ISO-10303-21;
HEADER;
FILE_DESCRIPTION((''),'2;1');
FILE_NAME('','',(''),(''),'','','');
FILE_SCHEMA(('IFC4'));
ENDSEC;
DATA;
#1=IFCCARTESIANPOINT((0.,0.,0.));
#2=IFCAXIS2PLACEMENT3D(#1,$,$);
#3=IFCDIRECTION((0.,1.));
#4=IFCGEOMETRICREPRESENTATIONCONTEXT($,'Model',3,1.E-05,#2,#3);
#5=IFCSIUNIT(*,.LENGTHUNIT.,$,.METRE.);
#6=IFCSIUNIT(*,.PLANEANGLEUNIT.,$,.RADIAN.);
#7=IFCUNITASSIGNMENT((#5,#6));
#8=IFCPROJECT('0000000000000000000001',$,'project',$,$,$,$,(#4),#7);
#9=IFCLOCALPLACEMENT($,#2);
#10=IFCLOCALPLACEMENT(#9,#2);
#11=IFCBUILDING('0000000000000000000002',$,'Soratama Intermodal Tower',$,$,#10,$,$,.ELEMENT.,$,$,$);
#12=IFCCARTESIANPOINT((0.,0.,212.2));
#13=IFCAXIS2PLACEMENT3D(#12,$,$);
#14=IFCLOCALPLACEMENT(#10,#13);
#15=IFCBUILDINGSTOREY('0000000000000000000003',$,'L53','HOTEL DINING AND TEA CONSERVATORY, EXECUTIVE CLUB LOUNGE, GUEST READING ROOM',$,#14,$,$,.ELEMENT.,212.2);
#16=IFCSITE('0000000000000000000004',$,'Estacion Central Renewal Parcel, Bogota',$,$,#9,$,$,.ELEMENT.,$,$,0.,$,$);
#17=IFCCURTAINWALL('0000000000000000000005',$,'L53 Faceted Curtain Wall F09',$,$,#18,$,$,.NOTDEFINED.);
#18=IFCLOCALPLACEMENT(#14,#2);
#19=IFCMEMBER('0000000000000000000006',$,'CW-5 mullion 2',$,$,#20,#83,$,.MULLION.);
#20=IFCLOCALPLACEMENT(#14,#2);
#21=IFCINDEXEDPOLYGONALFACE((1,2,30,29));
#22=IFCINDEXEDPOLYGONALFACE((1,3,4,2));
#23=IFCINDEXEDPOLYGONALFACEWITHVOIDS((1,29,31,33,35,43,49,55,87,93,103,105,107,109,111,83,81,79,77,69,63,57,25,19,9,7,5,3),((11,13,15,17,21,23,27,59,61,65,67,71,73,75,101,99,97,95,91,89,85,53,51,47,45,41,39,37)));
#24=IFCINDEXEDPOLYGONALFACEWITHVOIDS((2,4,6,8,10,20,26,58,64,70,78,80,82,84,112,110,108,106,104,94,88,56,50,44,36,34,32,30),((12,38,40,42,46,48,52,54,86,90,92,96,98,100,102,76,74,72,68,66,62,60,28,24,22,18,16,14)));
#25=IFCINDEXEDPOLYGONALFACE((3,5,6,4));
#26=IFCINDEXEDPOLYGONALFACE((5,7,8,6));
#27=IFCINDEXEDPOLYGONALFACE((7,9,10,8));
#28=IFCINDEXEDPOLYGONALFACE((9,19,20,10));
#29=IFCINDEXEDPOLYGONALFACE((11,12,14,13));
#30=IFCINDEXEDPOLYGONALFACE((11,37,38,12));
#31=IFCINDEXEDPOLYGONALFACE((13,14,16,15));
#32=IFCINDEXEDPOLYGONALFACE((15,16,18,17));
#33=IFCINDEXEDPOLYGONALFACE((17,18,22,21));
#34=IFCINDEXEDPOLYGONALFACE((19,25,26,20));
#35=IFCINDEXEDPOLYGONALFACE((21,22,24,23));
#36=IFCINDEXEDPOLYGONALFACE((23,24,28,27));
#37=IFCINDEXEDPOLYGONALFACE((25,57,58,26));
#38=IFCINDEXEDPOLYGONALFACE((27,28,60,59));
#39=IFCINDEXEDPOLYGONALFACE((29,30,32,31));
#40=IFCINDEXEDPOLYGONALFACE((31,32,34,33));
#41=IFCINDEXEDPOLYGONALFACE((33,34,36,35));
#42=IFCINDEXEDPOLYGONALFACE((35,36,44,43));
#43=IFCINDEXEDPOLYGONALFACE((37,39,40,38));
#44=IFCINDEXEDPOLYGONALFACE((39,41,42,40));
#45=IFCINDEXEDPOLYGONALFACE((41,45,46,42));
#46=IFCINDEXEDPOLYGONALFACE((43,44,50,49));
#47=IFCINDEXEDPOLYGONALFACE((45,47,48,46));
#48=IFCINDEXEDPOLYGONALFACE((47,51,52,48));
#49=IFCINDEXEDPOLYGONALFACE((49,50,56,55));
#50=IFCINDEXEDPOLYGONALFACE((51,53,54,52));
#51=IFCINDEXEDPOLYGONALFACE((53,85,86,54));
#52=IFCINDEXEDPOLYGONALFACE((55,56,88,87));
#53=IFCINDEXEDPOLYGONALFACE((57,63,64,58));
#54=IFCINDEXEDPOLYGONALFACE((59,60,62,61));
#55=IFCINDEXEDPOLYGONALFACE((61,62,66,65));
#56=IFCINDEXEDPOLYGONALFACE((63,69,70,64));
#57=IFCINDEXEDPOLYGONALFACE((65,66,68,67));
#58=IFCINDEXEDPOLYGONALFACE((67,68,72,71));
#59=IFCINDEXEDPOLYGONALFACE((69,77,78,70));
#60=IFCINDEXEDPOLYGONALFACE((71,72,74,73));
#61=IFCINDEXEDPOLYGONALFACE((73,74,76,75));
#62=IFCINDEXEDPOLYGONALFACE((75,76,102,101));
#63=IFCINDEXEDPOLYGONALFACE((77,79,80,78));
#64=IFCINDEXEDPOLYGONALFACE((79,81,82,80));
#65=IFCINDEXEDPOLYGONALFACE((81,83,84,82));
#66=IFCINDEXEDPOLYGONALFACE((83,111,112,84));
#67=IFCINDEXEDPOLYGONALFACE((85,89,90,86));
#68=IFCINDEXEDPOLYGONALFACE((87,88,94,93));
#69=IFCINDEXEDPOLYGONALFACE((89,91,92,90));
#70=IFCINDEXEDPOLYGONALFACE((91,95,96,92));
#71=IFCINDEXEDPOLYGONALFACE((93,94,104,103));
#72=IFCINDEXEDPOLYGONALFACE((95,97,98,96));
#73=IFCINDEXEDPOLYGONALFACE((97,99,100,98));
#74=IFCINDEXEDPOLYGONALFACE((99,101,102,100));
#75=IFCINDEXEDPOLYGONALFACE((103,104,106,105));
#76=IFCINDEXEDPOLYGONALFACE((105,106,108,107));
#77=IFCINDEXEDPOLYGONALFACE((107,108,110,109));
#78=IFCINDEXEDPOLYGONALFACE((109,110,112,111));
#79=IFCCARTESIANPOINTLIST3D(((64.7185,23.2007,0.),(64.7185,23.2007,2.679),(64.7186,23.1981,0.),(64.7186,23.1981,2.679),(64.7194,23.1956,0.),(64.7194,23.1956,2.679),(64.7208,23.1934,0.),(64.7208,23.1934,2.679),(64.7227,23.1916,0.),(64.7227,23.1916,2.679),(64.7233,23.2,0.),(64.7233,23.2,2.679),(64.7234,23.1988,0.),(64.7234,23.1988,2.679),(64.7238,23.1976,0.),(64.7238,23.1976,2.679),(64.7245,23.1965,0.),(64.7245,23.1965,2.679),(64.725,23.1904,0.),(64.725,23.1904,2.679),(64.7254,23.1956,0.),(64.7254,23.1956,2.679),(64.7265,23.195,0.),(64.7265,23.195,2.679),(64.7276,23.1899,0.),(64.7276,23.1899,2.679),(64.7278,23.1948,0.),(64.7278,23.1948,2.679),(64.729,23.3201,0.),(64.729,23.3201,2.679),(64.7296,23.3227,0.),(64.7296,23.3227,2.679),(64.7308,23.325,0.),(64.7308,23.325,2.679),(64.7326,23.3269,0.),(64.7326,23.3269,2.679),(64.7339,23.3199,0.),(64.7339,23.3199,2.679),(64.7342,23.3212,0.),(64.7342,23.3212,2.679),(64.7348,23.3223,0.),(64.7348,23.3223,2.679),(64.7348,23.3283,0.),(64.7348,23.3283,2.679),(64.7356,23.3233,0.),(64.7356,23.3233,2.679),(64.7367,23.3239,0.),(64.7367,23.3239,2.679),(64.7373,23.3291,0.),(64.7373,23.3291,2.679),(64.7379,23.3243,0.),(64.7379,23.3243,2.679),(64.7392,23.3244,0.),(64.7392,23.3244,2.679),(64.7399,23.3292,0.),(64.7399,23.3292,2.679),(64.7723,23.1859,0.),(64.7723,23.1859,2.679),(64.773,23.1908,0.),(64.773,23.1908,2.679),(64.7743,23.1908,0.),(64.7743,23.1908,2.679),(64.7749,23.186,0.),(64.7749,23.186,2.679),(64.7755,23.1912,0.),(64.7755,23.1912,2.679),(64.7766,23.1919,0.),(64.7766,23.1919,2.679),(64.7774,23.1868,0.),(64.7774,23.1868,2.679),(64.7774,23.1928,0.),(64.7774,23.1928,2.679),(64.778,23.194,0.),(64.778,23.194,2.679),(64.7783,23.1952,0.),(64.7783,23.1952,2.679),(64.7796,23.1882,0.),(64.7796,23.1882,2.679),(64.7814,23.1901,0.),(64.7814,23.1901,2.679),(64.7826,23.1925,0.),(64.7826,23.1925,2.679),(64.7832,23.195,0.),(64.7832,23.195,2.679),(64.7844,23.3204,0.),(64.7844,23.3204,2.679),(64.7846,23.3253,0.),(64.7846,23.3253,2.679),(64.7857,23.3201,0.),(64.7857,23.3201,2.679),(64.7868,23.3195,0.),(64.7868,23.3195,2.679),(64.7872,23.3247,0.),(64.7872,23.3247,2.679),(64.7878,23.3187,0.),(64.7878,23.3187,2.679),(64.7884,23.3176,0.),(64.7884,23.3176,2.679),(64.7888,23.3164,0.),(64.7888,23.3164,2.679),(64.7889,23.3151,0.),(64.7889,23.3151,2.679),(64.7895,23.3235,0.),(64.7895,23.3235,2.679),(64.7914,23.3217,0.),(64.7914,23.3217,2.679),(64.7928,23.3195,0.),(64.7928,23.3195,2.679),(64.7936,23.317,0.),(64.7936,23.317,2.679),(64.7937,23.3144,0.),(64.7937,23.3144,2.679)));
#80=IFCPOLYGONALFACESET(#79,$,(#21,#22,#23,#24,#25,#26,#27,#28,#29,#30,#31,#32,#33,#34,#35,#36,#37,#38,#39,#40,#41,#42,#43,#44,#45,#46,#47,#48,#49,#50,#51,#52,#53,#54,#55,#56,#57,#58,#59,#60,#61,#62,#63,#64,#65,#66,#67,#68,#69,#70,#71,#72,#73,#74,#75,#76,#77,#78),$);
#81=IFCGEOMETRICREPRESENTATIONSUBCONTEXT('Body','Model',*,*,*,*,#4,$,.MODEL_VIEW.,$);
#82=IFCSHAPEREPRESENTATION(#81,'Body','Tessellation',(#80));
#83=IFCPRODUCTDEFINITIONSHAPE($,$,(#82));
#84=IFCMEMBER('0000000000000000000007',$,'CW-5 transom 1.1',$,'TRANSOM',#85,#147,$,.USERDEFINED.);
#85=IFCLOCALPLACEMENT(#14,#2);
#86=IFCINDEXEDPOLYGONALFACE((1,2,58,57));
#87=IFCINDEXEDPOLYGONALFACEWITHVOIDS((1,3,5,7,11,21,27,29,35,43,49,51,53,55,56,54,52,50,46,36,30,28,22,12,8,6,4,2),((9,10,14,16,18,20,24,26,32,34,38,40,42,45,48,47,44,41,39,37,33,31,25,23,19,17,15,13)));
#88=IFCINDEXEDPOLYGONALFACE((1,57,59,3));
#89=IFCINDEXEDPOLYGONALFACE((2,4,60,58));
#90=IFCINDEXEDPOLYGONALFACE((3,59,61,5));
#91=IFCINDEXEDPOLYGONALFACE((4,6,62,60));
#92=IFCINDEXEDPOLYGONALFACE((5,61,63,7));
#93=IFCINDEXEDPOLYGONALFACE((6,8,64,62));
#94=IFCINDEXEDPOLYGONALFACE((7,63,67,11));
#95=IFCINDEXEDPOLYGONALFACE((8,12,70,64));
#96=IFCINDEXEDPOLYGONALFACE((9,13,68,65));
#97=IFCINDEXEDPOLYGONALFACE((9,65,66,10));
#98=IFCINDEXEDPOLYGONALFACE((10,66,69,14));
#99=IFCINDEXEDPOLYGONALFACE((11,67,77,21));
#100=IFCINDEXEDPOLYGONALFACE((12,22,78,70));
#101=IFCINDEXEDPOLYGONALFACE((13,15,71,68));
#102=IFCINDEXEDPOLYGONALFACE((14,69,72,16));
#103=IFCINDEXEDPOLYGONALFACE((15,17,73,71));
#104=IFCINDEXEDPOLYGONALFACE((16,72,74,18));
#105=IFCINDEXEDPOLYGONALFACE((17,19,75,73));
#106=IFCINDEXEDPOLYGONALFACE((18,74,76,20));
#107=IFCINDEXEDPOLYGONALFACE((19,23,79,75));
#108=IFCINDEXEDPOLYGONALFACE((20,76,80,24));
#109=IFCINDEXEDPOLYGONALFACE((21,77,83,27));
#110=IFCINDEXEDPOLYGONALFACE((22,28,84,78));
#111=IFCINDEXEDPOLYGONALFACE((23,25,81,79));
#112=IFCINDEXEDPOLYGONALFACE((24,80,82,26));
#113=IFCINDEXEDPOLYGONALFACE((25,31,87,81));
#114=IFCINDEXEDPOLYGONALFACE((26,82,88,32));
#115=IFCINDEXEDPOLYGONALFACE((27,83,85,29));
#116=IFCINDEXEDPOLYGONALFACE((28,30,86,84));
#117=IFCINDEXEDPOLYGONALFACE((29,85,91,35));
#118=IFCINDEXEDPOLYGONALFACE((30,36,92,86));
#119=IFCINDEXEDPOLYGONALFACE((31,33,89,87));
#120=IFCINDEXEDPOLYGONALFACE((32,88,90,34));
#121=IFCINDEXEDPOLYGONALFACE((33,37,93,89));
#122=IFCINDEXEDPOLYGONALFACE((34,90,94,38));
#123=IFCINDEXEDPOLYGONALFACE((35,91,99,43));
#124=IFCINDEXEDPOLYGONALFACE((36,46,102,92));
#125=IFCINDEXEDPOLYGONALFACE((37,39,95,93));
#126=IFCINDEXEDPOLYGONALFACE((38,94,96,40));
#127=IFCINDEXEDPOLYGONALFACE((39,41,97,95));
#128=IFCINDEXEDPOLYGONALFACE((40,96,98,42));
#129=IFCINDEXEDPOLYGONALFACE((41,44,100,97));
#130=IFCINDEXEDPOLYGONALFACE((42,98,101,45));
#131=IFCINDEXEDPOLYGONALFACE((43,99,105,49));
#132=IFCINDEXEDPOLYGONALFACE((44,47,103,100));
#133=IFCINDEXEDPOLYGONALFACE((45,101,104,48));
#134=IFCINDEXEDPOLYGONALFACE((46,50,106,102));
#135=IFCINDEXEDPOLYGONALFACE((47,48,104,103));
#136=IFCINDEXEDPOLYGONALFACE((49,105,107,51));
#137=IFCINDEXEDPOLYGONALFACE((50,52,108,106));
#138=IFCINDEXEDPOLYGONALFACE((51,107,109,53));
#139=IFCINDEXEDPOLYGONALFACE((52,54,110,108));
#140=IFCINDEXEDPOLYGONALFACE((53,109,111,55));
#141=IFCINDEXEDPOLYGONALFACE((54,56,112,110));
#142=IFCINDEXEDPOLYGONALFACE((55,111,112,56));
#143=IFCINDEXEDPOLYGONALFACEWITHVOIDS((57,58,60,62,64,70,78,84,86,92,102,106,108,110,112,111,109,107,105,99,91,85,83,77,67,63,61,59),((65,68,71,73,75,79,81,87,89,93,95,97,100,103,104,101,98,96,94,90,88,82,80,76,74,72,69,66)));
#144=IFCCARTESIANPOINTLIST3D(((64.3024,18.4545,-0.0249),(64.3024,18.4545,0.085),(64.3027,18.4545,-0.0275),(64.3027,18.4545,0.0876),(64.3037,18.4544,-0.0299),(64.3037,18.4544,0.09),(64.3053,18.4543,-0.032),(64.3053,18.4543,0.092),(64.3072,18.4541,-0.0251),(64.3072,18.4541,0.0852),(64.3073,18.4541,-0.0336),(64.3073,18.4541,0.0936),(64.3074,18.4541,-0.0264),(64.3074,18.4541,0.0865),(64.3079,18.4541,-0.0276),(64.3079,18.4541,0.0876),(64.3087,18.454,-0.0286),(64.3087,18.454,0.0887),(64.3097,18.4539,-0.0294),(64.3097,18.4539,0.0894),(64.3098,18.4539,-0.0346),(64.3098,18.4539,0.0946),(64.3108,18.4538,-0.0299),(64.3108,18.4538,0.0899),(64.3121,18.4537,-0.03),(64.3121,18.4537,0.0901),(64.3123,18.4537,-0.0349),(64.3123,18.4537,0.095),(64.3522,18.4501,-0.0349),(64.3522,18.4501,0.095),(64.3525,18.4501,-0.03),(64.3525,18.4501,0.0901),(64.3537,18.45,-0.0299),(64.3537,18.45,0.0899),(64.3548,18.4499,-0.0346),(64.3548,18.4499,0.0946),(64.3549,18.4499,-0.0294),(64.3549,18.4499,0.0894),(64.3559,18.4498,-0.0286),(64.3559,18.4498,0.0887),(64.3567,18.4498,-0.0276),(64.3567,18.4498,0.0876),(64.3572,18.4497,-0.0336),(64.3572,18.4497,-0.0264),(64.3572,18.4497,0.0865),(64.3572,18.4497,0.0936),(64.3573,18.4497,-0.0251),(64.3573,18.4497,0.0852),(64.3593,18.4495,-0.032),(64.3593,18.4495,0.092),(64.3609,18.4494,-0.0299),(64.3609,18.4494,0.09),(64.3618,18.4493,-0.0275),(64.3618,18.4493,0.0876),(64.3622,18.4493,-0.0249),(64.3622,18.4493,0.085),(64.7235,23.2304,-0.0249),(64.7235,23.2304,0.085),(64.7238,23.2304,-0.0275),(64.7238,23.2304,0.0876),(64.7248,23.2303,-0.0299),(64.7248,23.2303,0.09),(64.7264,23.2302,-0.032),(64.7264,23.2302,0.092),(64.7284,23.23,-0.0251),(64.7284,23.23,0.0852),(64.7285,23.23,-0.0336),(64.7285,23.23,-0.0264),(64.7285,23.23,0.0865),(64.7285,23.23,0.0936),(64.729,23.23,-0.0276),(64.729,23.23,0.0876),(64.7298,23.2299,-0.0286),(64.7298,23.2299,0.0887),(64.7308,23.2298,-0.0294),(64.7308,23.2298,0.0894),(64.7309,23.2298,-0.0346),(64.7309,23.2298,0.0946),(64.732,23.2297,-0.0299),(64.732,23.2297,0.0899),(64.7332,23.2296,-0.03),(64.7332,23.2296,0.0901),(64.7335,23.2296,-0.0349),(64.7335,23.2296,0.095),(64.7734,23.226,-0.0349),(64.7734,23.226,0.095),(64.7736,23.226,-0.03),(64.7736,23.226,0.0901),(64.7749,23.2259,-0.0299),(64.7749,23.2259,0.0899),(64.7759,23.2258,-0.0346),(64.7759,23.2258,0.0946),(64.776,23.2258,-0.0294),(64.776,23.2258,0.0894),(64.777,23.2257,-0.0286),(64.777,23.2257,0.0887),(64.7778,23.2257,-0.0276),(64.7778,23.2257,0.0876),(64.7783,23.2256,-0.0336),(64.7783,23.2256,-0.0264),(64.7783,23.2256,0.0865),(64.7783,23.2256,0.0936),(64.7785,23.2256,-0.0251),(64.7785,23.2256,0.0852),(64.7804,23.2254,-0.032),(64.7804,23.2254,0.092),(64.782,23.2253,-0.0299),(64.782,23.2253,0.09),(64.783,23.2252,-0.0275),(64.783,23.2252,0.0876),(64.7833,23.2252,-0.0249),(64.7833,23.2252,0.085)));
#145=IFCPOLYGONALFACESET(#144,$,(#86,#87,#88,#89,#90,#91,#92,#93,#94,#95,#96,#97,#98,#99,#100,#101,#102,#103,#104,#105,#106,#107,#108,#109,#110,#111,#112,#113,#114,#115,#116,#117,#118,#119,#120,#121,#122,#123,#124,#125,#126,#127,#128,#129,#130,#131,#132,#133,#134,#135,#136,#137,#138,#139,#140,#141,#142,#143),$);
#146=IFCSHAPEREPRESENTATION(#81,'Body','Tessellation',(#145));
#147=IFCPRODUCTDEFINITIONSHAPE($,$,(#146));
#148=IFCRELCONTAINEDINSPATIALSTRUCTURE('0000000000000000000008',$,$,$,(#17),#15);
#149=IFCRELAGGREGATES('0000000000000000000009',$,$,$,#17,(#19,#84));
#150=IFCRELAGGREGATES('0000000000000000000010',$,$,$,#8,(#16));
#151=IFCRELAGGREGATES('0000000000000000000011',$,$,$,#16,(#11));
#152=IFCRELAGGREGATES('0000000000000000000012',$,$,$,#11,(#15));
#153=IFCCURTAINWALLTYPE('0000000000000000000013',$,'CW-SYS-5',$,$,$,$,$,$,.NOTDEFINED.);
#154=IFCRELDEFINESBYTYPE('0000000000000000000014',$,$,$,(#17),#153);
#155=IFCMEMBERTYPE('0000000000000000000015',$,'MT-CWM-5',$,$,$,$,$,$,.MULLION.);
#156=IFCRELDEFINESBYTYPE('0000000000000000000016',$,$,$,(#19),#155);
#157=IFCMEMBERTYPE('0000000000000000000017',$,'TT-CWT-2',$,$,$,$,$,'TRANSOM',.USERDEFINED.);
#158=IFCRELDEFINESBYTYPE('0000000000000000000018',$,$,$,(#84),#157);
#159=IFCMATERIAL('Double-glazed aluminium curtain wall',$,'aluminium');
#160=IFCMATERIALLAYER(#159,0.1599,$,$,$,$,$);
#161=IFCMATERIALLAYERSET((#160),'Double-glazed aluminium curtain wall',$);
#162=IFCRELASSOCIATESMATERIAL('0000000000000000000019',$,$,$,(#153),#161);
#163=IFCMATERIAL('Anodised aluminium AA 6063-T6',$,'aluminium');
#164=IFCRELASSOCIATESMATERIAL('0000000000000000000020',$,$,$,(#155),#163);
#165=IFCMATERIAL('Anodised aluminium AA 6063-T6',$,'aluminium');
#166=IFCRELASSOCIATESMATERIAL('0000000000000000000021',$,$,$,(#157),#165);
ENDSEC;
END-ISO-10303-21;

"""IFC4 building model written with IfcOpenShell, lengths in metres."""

from ifc_helpers import new_model, si_unit, direction, frame, origin, origin_2d, place, context, subcontext, project, spatial, hollow_rectangle, extrude, material, layer, layer_set, material_profile, profile_set, type_object, element, aggregate, save


model = new_model("IFC4")

# Units and contexts
model_context = context("Model", 3, precision=1e-05, world=origin(), true_north=direction((0.0, 1.0)))
body_context = subcontext(model_context, "Body", "Model", "MODEL_VIEW")
ifc_project = project(units=[si_unit("LENGTHUNIT", "METRE"), si_unit("PLANEANGLEUNIT", "RADIAN")], contexts=[model_context])

# Site, building, storey
site_placement = place(None, origin())
site = spatial("IfcSite", under=ifc_project, at=site_placement, Name="Estacion Central Renewal Parcel, Bogota", CompositionType="ELEMENT", RefElevation=0.0)
building_placement = place(site_placement, origin())
building = spatial("IfcBuilding", under=site, at=building_placement, Name="Soratama Intermodal Tower", CompositionType="ELEMENT")
storey_placement = place(building_placement, frame((0.0, 0.0, 212.2)))
storey = spatial("IfcBuildingStorey", under=building, at=storey_placement, Name="L53", Description="HOTEL DINING AND TEA CONSERVATORY, EXECUTIVE CLUB LOUNGE, GUEST READING ROOM", CompositionType="ELEMENT", Elevation=212.2)

# Shared definitions
ifc_material_1 = material(Name="Double-glazed aluminium curtain wall", Category="aluminium")
ifc_layer_1 = layer(ifc_material_1, 0.1599)
ifc_layer_set_1 = layer_set([ifc_layer_1], Name="Double-glazed aluminium curtain wall")
curtain_wall_type = type_object("IfcCurtainWallType", Name="CW-SYS-5", PredefinedType="NOTDEFINED", material=ifc_layer_set_1)
ifc_material_2 = material(Name="Anodised aluminium AA 6063-T6", Category="aluminium")
ifc_material_profile_1 = material_profile(ifc_material_2, hollow_rectangle(XDim=0.0649, YDim=0.1399, WallThickness=0.0049, InnerFilletRadius=0.0049, OuterFilletRadius=0.01, at=origin_2d()), Name="CWM140X65X5")
ifc_profile_set_1 = profile_set([ifc_material_profile_1], Name="Anodised aluminium AA 6063-T6")
member_type_1 = type_object("IfcMemberType", Name="MT-CWM-5", PredefinedType="MULLION", material=ifc_profile_set_1)

# Curtain wall, members
curtain_wall_1_placement = place(storey_placement, origin())
curtain_wall_1 = element("IfcCurtainWall", 1, at=curtain_wall_1_placement, inside=storey, type_object=curtain_wall_type, Name="L53 Faceted Curtain Wall F09", PredefinedType="NOTDEFINED")
member_1_placement = place(storey_placement, frame((64.7561, 23.2576, 0.0), z_axis=(0.0, 0.0, 1.0), x_axis=(-0.996134, 0.08785, 0.0)))
member_1 = element("IfcMember", 2, at=member_1_placement, type_object=member_type_1, Name="CW-5 mullion 2", PredefinedType="MULLION", context=body_context, shape_type="SweptSolid", body=[
    extrude(hollow_rectangle(XDim=0.0649, YDim=0.1399, WallThickness=0.0049, InnerFilletRadius=0.0049, OuterFilletRadius=0.01, at=origin_2d()), origin(), (0.0, 0.0, 1.0), 2.679),
])
ifc_material_3 = material(Name="Anodised aluminium AA 6063-T6", Category="aluminium")
ifc_material_profile_2 = material_profile(ifc_material_3, hollow_rectangle(XDim=0.0601, YDim=0.1299, WallThickness=0.0049, InnerFilletRadius=0.0049, OuterFilletRadius=0.01, at=origin_2d()), Name="CWT130X60X5")
ifc_profile_set_2 = profile_set([ifc_material_profile_2], Name="Anodised aluminium AA 6063-T6")
member_type_2 = type_object("IfcMemberType", Name="TT-CWT-2", ElementType="TRANSOM", PredefinedType="USERDEFINED", material=ifc_profile_set_2)
member_2_placement = place(storey_placement, frame((64.3323, 18.4519, 0.03), z_axis=(0.08784, 0.996135, 0.0), x_axis=(-0.996135, 0.08784, 0.0)))
member_2 = element("IfcMember", 3, at=member_2_placement, type_object=member_type_2, Name="CW-5 transom 1.1", ObjectType="TRANSOM", PredefinedType="USERDEFINED", context=body_context, shape_type="SweptSolid", body=[
    extrude(hollow_rectangle(XDim=0.0601, YDim=0.1299, WallThickness=0.0049, InnerFilletRadius=0.0049, OuterFilletRadius=0.01, at=origin_2d()), origin(), (0.0, 0.0, 1.0), 4.7944),
])
aggregate(curtain_wall_1, [member_1, member_2])

save(model, "model.ifc")
